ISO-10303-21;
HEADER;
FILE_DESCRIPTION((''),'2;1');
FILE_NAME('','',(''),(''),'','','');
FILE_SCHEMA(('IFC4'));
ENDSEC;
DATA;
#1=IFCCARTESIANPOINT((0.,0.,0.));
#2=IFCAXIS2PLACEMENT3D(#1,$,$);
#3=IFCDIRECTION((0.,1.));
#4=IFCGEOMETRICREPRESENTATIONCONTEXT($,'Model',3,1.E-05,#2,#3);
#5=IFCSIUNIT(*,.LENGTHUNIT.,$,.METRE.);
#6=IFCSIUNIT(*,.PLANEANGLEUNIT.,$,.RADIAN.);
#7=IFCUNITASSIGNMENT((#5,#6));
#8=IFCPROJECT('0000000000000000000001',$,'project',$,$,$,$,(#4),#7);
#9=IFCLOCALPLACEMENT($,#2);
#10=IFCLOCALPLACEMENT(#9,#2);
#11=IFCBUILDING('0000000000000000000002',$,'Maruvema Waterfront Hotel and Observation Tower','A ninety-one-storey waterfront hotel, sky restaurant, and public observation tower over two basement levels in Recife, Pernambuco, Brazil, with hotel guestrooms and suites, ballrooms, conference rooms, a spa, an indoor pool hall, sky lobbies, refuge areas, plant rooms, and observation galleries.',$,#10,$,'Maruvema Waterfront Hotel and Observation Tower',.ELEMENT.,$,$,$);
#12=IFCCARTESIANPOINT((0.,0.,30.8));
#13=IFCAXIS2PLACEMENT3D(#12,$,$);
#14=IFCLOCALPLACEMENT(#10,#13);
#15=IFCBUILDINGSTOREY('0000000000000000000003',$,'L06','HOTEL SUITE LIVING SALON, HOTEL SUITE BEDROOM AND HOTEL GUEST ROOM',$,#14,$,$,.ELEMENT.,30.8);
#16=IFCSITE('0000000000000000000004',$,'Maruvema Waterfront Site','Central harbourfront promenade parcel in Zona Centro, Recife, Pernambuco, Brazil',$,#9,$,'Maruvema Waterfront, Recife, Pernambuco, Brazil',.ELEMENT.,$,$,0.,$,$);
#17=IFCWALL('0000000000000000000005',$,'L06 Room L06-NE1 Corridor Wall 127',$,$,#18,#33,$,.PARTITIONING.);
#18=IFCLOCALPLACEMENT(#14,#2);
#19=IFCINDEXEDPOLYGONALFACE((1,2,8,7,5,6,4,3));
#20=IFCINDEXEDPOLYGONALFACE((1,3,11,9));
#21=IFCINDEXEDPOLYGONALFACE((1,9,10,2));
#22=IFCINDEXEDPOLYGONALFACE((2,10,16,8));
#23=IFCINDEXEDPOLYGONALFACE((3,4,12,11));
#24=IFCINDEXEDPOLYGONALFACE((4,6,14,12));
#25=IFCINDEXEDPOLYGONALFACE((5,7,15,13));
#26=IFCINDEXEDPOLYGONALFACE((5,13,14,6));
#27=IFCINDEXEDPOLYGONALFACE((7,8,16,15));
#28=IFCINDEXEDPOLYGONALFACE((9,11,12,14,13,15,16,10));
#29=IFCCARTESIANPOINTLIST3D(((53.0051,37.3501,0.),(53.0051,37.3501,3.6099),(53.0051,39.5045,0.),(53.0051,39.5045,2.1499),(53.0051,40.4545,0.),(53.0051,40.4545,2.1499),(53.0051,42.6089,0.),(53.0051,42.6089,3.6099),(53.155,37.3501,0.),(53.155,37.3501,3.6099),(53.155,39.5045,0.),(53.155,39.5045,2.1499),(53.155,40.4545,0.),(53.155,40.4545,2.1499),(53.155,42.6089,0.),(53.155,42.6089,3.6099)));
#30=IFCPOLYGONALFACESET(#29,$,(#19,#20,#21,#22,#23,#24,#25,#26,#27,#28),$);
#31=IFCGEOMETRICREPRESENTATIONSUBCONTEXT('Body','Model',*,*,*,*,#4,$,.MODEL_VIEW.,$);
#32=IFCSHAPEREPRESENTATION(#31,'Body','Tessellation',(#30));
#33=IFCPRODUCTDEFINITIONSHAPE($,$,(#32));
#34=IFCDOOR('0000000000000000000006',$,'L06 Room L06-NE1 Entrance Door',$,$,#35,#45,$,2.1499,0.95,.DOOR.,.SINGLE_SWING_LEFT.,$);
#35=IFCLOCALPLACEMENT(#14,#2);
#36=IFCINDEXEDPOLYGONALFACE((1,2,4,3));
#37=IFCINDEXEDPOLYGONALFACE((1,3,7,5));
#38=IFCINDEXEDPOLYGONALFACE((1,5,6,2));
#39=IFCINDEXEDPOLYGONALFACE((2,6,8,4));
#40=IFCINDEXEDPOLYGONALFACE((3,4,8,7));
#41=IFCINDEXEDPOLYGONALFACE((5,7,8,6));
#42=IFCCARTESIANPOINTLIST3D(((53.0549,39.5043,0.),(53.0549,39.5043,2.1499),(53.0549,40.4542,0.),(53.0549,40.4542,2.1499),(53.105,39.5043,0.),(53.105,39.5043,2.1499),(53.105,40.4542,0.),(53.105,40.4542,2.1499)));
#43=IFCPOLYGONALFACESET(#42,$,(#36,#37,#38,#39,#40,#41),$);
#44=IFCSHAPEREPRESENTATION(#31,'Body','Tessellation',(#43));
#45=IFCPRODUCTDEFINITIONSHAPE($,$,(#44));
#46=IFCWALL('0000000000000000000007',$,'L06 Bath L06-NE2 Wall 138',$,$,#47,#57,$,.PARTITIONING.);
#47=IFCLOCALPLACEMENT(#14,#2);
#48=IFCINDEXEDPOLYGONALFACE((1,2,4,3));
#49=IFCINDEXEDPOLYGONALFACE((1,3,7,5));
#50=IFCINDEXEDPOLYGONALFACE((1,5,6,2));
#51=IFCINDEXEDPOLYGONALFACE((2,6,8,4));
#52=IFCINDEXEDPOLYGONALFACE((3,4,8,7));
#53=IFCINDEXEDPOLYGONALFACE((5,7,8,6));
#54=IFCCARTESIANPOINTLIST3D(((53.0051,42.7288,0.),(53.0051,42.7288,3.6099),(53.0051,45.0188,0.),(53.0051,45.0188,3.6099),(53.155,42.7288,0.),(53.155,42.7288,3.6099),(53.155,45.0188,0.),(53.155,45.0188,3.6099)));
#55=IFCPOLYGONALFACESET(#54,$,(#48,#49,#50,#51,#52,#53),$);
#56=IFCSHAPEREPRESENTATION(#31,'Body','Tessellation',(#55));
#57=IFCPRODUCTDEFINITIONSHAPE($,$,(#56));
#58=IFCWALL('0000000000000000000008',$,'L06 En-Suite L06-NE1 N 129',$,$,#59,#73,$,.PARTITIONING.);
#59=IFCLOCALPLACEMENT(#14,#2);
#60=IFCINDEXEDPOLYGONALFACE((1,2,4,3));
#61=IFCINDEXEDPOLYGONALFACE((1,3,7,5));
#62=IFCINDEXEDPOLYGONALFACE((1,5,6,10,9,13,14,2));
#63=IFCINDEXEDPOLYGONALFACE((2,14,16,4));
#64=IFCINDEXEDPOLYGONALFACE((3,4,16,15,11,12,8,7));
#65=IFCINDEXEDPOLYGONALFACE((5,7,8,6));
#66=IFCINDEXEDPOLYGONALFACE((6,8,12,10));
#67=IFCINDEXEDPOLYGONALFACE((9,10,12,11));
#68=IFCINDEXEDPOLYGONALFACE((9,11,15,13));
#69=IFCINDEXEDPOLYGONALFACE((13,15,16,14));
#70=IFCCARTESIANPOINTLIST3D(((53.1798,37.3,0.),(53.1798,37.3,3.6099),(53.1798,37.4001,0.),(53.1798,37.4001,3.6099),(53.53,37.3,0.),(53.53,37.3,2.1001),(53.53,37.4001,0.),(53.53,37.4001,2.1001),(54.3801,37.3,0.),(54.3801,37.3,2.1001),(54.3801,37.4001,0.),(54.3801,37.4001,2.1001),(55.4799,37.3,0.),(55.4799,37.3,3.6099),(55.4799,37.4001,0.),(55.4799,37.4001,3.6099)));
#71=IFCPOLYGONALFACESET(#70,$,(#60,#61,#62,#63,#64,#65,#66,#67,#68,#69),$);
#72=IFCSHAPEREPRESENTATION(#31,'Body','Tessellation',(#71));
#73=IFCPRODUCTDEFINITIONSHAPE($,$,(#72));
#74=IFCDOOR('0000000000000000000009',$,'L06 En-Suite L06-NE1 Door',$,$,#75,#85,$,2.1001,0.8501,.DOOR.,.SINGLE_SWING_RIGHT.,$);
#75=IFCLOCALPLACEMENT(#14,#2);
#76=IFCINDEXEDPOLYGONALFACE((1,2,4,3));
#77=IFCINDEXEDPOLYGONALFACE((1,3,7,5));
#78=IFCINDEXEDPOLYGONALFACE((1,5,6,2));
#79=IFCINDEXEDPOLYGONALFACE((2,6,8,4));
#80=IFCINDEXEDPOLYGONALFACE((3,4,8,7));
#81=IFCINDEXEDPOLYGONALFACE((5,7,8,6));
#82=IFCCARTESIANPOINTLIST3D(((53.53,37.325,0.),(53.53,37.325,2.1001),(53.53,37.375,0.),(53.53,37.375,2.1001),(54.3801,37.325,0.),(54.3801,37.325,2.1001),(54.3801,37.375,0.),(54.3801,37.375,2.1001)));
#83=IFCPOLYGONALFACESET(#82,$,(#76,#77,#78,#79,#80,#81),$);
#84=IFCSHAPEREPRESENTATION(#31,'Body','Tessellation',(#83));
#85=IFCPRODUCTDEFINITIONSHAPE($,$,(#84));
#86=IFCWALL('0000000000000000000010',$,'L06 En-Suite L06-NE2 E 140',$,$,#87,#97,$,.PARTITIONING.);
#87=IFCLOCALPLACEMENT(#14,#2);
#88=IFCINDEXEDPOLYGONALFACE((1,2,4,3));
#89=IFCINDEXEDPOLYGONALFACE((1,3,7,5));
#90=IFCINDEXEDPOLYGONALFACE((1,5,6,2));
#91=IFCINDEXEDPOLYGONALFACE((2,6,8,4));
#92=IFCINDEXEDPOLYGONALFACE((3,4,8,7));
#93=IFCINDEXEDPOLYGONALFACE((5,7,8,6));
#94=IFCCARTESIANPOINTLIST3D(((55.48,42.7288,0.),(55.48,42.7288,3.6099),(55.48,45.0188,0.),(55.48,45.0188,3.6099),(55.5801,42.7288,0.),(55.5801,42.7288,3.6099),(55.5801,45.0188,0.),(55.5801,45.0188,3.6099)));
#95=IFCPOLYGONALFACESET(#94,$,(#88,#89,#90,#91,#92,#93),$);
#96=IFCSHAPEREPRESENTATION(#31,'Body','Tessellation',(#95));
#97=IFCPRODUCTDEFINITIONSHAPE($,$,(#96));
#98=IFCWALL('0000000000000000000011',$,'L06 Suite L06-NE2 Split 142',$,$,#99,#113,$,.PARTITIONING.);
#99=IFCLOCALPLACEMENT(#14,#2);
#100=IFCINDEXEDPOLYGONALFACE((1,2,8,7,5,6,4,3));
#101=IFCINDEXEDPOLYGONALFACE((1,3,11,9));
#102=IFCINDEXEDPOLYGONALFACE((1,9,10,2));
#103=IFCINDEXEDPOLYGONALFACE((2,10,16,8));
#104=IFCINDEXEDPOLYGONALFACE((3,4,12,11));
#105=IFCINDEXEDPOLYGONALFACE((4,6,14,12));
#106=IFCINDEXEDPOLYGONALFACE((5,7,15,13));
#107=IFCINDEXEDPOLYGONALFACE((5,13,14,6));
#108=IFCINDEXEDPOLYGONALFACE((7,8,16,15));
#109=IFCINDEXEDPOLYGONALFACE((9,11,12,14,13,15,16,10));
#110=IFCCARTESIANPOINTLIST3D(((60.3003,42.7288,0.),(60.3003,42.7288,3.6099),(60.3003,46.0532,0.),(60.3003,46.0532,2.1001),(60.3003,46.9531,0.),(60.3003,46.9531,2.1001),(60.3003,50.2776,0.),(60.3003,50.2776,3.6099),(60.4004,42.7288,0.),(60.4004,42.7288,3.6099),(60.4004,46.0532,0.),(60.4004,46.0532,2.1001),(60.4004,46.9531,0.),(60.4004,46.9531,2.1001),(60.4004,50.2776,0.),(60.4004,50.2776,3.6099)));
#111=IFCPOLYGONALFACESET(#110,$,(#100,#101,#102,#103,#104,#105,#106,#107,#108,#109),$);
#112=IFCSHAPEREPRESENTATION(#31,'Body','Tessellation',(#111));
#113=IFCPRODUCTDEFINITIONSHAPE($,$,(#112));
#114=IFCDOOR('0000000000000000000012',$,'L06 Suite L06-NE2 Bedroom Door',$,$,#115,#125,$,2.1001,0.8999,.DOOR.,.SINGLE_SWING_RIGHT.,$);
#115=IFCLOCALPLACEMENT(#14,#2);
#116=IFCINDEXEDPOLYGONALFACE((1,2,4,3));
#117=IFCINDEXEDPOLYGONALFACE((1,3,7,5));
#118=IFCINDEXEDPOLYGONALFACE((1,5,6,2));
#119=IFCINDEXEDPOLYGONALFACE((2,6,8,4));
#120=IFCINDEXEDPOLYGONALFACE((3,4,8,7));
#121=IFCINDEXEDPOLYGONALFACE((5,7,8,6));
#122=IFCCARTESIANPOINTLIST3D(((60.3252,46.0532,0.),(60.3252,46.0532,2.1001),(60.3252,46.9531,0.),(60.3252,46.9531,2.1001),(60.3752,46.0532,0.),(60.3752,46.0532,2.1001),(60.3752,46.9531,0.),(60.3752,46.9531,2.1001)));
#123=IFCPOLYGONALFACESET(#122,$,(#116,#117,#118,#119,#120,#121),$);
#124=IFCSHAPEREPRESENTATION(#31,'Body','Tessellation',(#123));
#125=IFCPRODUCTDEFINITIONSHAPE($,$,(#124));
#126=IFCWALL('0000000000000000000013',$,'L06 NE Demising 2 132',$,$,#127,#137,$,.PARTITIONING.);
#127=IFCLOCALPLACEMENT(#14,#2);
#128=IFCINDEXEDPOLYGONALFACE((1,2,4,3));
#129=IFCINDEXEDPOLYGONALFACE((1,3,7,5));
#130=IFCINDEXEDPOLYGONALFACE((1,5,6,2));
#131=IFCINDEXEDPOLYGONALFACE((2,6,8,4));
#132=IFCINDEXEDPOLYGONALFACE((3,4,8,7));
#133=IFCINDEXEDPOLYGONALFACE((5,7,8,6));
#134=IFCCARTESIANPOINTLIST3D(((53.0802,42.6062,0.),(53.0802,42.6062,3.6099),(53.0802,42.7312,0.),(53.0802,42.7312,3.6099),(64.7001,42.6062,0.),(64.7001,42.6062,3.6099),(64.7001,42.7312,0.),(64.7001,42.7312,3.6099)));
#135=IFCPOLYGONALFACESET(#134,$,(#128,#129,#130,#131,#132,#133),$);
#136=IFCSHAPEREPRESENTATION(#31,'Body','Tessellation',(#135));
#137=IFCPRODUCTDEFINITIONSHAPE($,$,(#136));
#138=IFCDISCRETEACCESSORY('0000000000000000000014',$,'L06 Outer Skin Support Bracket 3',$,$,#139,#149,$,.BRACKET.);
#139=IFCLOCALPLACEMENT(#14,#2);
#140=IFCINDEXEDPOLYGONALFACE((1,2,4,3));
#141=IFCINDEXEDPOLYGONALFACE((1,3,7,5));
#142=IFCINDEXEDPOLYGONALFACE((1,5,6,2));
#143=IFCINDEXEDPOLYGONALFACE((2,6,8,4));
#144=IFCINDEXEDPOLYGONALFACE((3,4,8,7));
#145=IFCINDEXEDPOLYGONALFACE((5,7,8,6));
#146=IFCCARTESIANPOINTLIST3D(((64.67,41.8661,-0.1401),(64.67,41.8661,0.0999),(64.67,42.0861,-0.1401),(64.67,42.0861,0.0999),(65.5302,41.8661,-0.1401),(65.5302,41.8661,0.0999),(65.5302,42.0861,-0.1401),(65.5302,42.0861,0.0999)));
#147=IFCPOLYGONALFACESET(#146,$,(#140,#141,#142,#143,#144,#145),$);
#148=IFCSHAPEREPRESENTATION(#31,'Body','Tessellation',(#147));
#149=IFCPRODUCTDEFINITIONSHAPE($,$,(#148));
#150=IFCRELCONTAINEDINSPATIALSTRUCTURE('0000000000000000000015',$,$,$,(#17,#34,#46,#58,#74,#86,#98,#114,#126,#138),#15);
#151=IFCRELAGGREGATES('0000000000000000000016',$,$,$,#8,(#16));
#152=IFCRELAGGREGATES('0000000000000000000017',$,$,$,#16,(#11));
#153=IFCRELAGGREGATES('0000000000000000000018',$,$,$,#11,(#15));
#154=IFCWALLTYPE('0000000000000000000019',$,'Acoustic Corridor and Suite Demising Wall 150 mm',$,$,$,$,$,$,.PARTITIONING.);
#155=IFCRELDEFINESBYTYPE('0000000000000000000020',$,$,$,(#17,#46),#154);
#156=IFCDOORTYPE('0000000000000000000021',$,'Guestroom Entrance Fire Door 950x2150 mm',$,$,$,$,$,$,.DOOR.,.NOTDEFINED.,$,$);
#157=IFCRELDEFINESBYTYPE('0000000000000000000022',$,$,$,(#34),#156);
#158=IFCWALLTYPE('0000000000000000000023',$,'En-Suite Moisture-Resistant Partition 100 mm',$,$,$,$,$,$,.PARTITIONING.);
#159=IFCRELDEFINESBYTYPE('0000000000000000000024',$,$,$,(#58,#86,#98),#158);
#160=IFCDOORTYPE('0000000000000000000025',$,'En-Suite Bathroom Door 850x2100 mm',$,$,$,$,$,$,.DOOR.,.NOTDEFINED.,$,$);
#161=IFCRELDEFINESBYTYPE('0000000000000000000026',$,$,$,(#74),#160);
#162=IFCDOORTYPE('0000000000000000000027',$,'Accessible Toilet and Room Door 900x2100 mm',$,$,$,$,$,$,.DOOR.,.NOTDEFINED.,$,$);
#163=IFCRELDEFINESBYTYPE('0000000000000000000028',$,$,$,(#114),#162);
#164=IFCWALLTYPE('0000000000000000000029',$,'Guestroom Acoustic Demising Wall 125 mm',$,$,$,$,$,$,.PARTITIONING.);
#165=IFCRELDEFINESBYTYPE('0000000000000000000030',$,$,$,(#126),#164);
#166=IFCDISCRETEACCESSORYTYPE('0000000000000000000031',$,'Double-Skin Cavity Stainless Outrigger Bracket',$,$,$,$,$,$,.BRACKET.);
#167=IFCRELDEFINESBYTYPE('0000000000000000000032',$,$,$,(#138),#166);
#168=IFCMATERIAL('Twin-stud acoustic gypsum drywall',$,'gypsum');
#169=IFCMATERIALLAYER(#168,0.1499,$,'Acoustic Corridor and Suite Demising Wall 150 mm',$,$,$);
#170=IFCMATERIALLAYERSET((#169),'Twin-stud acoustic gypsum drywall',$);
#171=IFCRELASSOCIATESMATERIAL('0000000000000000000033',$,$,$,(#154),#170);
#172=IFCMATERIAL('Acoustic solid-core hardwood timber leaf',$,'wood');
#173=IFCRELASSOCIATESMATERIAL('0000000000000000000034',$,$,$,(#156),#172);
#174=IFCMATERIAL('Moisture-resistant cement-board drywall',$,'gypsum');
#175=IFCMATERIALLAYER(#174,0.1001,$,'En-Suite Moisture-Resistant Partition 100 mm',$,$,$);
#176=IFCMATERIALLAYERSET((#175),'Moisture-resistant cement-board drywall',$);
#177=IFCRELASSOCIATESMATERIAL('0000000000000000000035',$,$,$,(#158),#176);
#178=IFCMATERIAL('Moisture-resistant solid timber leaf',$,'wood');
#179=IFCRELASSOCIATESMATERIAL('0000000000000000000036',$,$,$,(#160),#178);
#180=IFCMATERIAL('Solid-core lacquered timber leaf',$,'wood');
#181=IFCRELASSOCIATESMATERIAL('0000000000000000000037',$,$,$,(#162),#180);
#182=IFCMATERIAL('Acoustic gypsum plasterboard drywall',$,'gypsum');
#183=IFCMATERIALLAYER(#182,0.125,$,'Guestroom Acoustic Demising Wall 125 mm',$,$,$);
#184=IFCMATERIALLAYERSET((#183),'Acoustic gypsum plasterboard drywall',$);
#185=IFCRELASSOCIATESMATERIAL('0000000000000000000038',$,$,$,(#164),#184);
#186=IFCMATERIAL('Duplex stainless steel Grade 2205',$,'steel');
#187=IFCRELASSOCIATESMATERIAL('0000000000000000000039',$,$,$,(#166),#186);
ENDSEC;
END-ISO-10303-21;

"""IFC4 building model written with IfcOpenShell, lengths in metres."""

from ifc_helpers import new_model, si_unit, direction, frame, frame_2d, origin, origin_2d, place, context, subcontext, project, spatial, rectangle, extrude, material, layer, layer_set, type_object, element, fill, save


model = new_model("IFC4")

# Units and contexts
model_context = context("Model", 3, precision=1e-05, world=origin(), true_north=direction((0.0, 1.0)))
body_context = subcontext(model_context, "Body", "Model", "MODEL_VIEW")
ifc_project = project(units=[si_unit("LENGTHUNIT", "METRE"), si_unit("PLANEANGLEUNIT", "RADIAN")], contexts=[model_context])

# Site, building, storey
site_placement = place(None, origin())
site = spatial("IfcSite", under=ifc_project, at=site_placement, Name="Maruvema Waterfront Site", Description="Central harbourfront promenade parcel in Zona Centro, Recife, Pernambuco, Brazil", LongName="Maruvema Waterfront, Recife, Pernambuco, Brazil", CompositionType="ELEMENT", RefElevation=0.0)
building_placement = place(site_placement, origin())
building = spatial("IfcBuilding", under=site, at=building_placement, Name="Maruvema Waterfront Hotel and Observation Tower", Description="A ninety-one-storey waterfront hotel, sky restaurant, and public observation tower over two basement levels in Recife, Pernambuco, Brazil, with hotel guestrooms and suites, ballrooms, conference rooms, a spa, an indoor pool hall, sky lobbies, refuge areas, plant rooms, and observation galleries.", LongName="Maruvema Waterfront Hotel and Observation Tower", CompositionType="ELEMENT")
storey_placement = place(building_placement, frame((0.0, 0.0, 30.8)))
storey = spatial("IfcBuildingStorey", under=building, at=storey_placement, Name="L06", Description="HOTEL SUITE LIVING SALON, HOTEL SUITE BEDROOM AND HOTEL GUEST ROOM", CompositionType="ELEMENT", Elevation=30.8)

# Wall, opening, door
ifc_material_1 = material(Name="Twin-stud acoustic gypsum drywall", Category="gypsum")
ifc_layer_1 = layer(ifc_material_1, 0.1499, Name="Acoustic Corridor and Suite Demising Wall 150 mm")
ifc_layer_set_1 = layer_set([ifc_layer_1], Name="Twin-stud acoustic gypsum drywall")
wall_type_1 = type_object("IfcWallType", Name="Acoustic Corridor and Suite Demising Wall 150 mm", PredefinedType="PARTITIONING", material=ifc_layer_set_1)
wall_1_placement = place(storey_placement, frame((53.0801, 37.3501, 0.0), z_axis=(0.0, 0.0, 1.0), x_axis=(0.0, 1.0, 0.0)))
wall_1 = element("IfcWall", 1, at=wall_1_placement, inside=storey, type_object=wall_type_1, Name="L06 Room L06-NE1 Corridor Wall 127", PredefinedType="PARTITIONING", context=body_context, shape_type="SweptSolid", body=[
    extrude(rectangle(XDim=5.2588, YDim=0.1499, at=frame_2d((2.6294, 0.0))), origin(), (0.0, 0.0, 1.0), 3.6099),
])
opening_1_placement = place(wall_1_placement, frame((2.1543, 0.0, 0.0)))
opening_1 = element("IfcOpeningElement", 2, at=opening_1_placement, cuts=wall_1, PredefinedType="OPENING", context=body_context, shape_type="SweptSolid", body=[
    extrude(rectangle(XDim=0.95, YDim=2.1499, at=frame_2d((0.4751, 1.075))), frame((0.0, 0.085, 0.0), z_axis=(0.0, -1.0, 0.0), x_axis=(1.0, 0.0, 0.0)), (0.0, 0.0, 1.0), 0.1699),
])
ifc_material_2 = material(Name="Acoustic solid-core hardwood timber leaf", Category="wood")
door_type_1 = type_object("IfcDoorType", Name="Guestroom Entrance Fire Door 950x2150 mm", OperationType="NOTDEFINED", PredefinedType="DOOR", material=ifc_material_2)
door_1_placement = place(opening_1_placement, frame((0.95, 0.0, 0.0), z_axis=(0.0, 0.0, 1.0), x_axis=(-1.0, 0.0, 0.0)))
door_1 = element("IfcDoor", 3, at=door_1_placement, inside=storey, type_object=door_type_1, Name="L06 Room L06-NE1 Entrance Door", OperationType="SINGLE_SWING_LEFT", OverallHeight=2.1499, OverallWidth=0.95, PredefinedType="DOOR", context=body_context, shape_type="SweptSolid", body=[
    extrude(rectangle(XDim=0.95, YDim=2.1499, at=frame_2d((0.4751, 1.075))), frame((0.0, 0.0249, 0.0), z_axis=(0.0, -1.0, 0.0), x_axis=(1.0, 0.0, 0.0)), (0.0, 0.0, 1.0), 0.05),
])
fill(opening_1, door_1)

# Wall
wall_2_placement = place(storey_placement, frame((53.0801, 42.7288, 0.0), z_axis=(0.0, 0.0, 1.0), x_axis=(0.0, 1.0, 0.0)))
element("IfcWall", 4, at=wall_2_placement, inside=storey, type_object=wall_type_1, Name="L06 Bath L06-NE2 Wall 138", PredefinedType="PARTITIONING", context=body_context, shape_type="SweptSolid", body=[
    extrude(rectangle(XDim=2.29, YDim=0.1499, at=frame_2d((1.145, 0.0))), origin(), (0.0, 0.0, 1.0), 3.6099),
])

# Wall, opening, door
ifc_material_3 = material(Name="Moisture-resistant cement-board drywall", Category="gypsum")
ifc_layer_2 = layer(ifc_material_3, 0.1001, Name="En-Suite Moisture-Resistant Partition 100 mm")
ifc_layer_set_2 = layer_set([ifc_layer_2], Name="Moisture-resistant cement-board drywall")
wall_type_2 = type_object("IfcWallType", Name="En-Suite Moisture-Resistant Partition 100 mm", PredefinedType="PARTITIONING", material=ifc_layer_set_2)
wall_3_placement = place(storey_placement, frame((53.1799, 37.3501, 0.0), z_axis=(0.0, 0.0, 1.0), x_axis=(1.0, 0.0, 0.0)))
wall_3 = element("IfcWall", 5, at=wall_3_placement, inside=storey, type_object=wall_type_2, Name="L06 En-Suite L06-NE1 N 129", PredefinedType="PARTITIONING", context=body_context, shape_type="SweptSolid", body=[
    extrude(rectangle(XDim=2.3, YDim=0.1001, at=frame_2d((1.1499, 0.0))), origin(), (0.0, 0.0, 1.0), 3.6099),
])
opening_2_placement = place(wall_3_placement, frame((0.3501, 0.0, 0.0)))
opening_2 = element("IfcOpeningElement", 6, at=opening_2_placement, cuts=wall_3, PredefinedType="OPENING", context=body_context, shape_type="SweptSolid", body=[
    extrude(rectangle(XDim=0.8501, YDim=2.1001, at=frame_2d((0.425, 1.05))), frame((0.0, 0.0601, 0.0), z_axis=(0.0, -1.0, 0.0), x_axis=(1.0, 0.0, 0.0)), (0.0, 0.0, 1.0), 0.1201),
])
ifc_material_4 = material(Name="Moisture-resistant solid timber leaf", Category="wood")
door_type_2 = type_object("IfcDoorType", Name="En-Suite Bathroom Door 850x2100 mm", OperationType="NOTDEFINED", PredefinedType="DOOR", material=ifc_material_4)
door_2_placement = place(opening_2_placement, origin())
door_2 = element("IfcDoor", 7, at=door_2_placement, inside=storey, type_object=door_type_2, Name="L06 En-Suite L06-NE1 Door", OperationType="SINGLE_SWING_RIGHT", OverallHeight=2.1001, OverallWidth=0.8501, PredefinedType="DOOR", context=body_context, shape_type="SweptSolid", body=[
    extrude(rectangle(XDim=0.8501, YDim=2.1001, at=frame_2d((0.425, 1.05))), frame((0.0, 0.0249, 0.0), z_axis=(0.0, -1.0, 0.0), x_axis=(1.0, 0.0, 0.0)), (0.0, 0.0, 1.0), 0.05),
])
fill(opening_2, door_2)

# Wall
wall_4_placement = place(storey_placement, frame((55.53, 42.7288, 0.0), z_axis=(0.0, 0.0, 1.0), x_axis=(0.0, 1.0, 0.0)))
element("IfcWall", 8, at=wall_4_placement, inside=storey, type_object=wall_type_2, Name="L06 En-Suite L06-NE2 E 140", PredefinedType="PARTITIONING", context=body_context, shape_type="SweptSolid", body=[
    extrude(rectangle(XDim=2.29, YDim=0.1001, at=frame_2d((1.145, 0.0))), origin(), (0.0, 0.0, 1.0), 3.6099),
])

# Wall, opening, door
wall_5_placement = place(storey_placement, frame((60.3503, 42.7288, 0.0), z_axis=(0.0, 0.0, 1.0), x_axis=(0.0, 1.0, 0.0)))
wall_5 = element("IfcWall", 9, at=wall_5_placement, inside=storey, type_object=wall_type_2, Name="L06 Suite L06-NE2 Split 142", PredefinedType="PARTITIONING", context=body_context, shape_type="SweptSolid", body=[
    extrude(rectangle(XDim=7.5488, YDim=0.1001, at=frame_2d((3.7744, 0.0))), origin(), (0.0, 0.0, 1.0), 3.6099),
])
opening_3_placement = place(wall_5_placement, frame((3.3245, 0.0, 0.0)))
opening_3 = element("IfcOpeningElement", 10, at=opening_3_placement, cuts=wall_5, PredefinedType="OPENING", context=body_context, shape_type="SweptSolid", body=[
    extrude(rectangle(XDim=0.8999, YDim=2.1001, at=frame_2d((0.45, 1.05))), frame((0.0, 0.0601, 0.0), z_axis=(0.0, -1.0, 0.0), x_axis=(1.0, 0.0, 0.0)), (0.0, 0.0, 1.0), 0.1201),
])
ifc_material_5 = material(Name="Solid-core lacquered timber leaf", Category="wood")
door_type_3 = type_object("IfcDoorType", Name="Accessible Toilet and Room Door 900x2100 mm", OperationType="NOTDEFINED", PredefinedType="DOOR", material=ifc_material_5)
door_3_placement = place(opening_3_placement, frame((0.8999, 0.0, 0.0), z_axis=(0.0, 0.0, 1.0), x_axis=(-1.0, 0.0, 0.0)))
door_3 = element("IfcDoor", 11, at=door_3_placement, inside=storey, type_object=door_type_3, Name="L06 Suite L06-NE2 Bedroom Door", OperationType="SINGLE_SWING_RIGHT", OverallHeight=2.1001, OverallWidth=0.8999, PredefinedType="DOOR", context=body_context, shape_type="SweptSolid", body=[
    extrude(rectangle(XDim=0.8999, YDim=2.1001, at=frame_2d((0.45, 1.05))), frame((0.0, 0.0249, 0.0), z_axis=(0.0, -1.0, 0.0), x_axis=(1.0, 0.0, 0.0)), (0.0, 0.0, 1.0), 0.05),
])
fill(opening_3, door_3)

# Wall
ifc_material_6 = material(Name="Acoustic gypsum plasterboard drywall", Category="gypsum")
ifc_layer_3 = layer(ifc_material_6, 0.125, Name="Guestroom Acoustic Demising Wall 125 mm")
ifc_layer_set_3 = layer_set([ifc_layer_3], Name="Acoustic gypsum plasterboard drywall")
wall_type_3 = type_object("IfcWallType", Name="Guestroom Acoustic Demising Wall 125 mm", PredefinedType="PARTITIONING", material=ifc_layer_set_3)
wall_6_placement = place(storey_placement, frame((53.0801, 42.6687, 0.0), z_axis=(0.0, 0.0, 1.0), x_axis=(1.0, 0.0, 0.0)))
element("IfcWall", 12, at=wall_6_placement, inside=storey, type_object=wall_type_3, Name="L06 NE Demising 2 132", PredefinedType="PARTITIONING", context=body_context, shape_type="SweptSolid", body=[
    extrude(rectangle(XDim=11.6199, YDim=0.125, at=frame_2d((5.8101, 0.0))), origin(), (0.0, 0.0, 1.0), 3.6099),
])

# Discrete accessory
ifc_material_7 = material(Name="Duplex stainless steel Grade 2205", Category="steel")
discrete_accessory_type = type_object("IfcDiscreteAccessoryType", Name="Double-Skin Cavity Stainless Outrigger Bracket", PredefinedType="BRACKET", material=ifc_material_7)
discrete_accessory_placement = place(storey_placement, frame((65.1001, 41.9761, -0.1401), z_axis=(0.0, 0.0, 1.0), x_axis=(0.0, 1.0, 0.0)))
element("IfcDiscreteAccessory", 13, at=discrete_accessory_placement, inside=storey, type_object=discrete_accessory_type, Name="L06 Outer Skin Support Bracket 3", PredefinedType="BRACKET", context=body_context, shape_type="SweptSolid", body=[
    extrude(rectangle(XDim=0.22, YDim=0.8601, at=origin_2d()), origin(), (0.0, 0.0, 1.0), 0.24),
])

save(model, "model.ifc")
